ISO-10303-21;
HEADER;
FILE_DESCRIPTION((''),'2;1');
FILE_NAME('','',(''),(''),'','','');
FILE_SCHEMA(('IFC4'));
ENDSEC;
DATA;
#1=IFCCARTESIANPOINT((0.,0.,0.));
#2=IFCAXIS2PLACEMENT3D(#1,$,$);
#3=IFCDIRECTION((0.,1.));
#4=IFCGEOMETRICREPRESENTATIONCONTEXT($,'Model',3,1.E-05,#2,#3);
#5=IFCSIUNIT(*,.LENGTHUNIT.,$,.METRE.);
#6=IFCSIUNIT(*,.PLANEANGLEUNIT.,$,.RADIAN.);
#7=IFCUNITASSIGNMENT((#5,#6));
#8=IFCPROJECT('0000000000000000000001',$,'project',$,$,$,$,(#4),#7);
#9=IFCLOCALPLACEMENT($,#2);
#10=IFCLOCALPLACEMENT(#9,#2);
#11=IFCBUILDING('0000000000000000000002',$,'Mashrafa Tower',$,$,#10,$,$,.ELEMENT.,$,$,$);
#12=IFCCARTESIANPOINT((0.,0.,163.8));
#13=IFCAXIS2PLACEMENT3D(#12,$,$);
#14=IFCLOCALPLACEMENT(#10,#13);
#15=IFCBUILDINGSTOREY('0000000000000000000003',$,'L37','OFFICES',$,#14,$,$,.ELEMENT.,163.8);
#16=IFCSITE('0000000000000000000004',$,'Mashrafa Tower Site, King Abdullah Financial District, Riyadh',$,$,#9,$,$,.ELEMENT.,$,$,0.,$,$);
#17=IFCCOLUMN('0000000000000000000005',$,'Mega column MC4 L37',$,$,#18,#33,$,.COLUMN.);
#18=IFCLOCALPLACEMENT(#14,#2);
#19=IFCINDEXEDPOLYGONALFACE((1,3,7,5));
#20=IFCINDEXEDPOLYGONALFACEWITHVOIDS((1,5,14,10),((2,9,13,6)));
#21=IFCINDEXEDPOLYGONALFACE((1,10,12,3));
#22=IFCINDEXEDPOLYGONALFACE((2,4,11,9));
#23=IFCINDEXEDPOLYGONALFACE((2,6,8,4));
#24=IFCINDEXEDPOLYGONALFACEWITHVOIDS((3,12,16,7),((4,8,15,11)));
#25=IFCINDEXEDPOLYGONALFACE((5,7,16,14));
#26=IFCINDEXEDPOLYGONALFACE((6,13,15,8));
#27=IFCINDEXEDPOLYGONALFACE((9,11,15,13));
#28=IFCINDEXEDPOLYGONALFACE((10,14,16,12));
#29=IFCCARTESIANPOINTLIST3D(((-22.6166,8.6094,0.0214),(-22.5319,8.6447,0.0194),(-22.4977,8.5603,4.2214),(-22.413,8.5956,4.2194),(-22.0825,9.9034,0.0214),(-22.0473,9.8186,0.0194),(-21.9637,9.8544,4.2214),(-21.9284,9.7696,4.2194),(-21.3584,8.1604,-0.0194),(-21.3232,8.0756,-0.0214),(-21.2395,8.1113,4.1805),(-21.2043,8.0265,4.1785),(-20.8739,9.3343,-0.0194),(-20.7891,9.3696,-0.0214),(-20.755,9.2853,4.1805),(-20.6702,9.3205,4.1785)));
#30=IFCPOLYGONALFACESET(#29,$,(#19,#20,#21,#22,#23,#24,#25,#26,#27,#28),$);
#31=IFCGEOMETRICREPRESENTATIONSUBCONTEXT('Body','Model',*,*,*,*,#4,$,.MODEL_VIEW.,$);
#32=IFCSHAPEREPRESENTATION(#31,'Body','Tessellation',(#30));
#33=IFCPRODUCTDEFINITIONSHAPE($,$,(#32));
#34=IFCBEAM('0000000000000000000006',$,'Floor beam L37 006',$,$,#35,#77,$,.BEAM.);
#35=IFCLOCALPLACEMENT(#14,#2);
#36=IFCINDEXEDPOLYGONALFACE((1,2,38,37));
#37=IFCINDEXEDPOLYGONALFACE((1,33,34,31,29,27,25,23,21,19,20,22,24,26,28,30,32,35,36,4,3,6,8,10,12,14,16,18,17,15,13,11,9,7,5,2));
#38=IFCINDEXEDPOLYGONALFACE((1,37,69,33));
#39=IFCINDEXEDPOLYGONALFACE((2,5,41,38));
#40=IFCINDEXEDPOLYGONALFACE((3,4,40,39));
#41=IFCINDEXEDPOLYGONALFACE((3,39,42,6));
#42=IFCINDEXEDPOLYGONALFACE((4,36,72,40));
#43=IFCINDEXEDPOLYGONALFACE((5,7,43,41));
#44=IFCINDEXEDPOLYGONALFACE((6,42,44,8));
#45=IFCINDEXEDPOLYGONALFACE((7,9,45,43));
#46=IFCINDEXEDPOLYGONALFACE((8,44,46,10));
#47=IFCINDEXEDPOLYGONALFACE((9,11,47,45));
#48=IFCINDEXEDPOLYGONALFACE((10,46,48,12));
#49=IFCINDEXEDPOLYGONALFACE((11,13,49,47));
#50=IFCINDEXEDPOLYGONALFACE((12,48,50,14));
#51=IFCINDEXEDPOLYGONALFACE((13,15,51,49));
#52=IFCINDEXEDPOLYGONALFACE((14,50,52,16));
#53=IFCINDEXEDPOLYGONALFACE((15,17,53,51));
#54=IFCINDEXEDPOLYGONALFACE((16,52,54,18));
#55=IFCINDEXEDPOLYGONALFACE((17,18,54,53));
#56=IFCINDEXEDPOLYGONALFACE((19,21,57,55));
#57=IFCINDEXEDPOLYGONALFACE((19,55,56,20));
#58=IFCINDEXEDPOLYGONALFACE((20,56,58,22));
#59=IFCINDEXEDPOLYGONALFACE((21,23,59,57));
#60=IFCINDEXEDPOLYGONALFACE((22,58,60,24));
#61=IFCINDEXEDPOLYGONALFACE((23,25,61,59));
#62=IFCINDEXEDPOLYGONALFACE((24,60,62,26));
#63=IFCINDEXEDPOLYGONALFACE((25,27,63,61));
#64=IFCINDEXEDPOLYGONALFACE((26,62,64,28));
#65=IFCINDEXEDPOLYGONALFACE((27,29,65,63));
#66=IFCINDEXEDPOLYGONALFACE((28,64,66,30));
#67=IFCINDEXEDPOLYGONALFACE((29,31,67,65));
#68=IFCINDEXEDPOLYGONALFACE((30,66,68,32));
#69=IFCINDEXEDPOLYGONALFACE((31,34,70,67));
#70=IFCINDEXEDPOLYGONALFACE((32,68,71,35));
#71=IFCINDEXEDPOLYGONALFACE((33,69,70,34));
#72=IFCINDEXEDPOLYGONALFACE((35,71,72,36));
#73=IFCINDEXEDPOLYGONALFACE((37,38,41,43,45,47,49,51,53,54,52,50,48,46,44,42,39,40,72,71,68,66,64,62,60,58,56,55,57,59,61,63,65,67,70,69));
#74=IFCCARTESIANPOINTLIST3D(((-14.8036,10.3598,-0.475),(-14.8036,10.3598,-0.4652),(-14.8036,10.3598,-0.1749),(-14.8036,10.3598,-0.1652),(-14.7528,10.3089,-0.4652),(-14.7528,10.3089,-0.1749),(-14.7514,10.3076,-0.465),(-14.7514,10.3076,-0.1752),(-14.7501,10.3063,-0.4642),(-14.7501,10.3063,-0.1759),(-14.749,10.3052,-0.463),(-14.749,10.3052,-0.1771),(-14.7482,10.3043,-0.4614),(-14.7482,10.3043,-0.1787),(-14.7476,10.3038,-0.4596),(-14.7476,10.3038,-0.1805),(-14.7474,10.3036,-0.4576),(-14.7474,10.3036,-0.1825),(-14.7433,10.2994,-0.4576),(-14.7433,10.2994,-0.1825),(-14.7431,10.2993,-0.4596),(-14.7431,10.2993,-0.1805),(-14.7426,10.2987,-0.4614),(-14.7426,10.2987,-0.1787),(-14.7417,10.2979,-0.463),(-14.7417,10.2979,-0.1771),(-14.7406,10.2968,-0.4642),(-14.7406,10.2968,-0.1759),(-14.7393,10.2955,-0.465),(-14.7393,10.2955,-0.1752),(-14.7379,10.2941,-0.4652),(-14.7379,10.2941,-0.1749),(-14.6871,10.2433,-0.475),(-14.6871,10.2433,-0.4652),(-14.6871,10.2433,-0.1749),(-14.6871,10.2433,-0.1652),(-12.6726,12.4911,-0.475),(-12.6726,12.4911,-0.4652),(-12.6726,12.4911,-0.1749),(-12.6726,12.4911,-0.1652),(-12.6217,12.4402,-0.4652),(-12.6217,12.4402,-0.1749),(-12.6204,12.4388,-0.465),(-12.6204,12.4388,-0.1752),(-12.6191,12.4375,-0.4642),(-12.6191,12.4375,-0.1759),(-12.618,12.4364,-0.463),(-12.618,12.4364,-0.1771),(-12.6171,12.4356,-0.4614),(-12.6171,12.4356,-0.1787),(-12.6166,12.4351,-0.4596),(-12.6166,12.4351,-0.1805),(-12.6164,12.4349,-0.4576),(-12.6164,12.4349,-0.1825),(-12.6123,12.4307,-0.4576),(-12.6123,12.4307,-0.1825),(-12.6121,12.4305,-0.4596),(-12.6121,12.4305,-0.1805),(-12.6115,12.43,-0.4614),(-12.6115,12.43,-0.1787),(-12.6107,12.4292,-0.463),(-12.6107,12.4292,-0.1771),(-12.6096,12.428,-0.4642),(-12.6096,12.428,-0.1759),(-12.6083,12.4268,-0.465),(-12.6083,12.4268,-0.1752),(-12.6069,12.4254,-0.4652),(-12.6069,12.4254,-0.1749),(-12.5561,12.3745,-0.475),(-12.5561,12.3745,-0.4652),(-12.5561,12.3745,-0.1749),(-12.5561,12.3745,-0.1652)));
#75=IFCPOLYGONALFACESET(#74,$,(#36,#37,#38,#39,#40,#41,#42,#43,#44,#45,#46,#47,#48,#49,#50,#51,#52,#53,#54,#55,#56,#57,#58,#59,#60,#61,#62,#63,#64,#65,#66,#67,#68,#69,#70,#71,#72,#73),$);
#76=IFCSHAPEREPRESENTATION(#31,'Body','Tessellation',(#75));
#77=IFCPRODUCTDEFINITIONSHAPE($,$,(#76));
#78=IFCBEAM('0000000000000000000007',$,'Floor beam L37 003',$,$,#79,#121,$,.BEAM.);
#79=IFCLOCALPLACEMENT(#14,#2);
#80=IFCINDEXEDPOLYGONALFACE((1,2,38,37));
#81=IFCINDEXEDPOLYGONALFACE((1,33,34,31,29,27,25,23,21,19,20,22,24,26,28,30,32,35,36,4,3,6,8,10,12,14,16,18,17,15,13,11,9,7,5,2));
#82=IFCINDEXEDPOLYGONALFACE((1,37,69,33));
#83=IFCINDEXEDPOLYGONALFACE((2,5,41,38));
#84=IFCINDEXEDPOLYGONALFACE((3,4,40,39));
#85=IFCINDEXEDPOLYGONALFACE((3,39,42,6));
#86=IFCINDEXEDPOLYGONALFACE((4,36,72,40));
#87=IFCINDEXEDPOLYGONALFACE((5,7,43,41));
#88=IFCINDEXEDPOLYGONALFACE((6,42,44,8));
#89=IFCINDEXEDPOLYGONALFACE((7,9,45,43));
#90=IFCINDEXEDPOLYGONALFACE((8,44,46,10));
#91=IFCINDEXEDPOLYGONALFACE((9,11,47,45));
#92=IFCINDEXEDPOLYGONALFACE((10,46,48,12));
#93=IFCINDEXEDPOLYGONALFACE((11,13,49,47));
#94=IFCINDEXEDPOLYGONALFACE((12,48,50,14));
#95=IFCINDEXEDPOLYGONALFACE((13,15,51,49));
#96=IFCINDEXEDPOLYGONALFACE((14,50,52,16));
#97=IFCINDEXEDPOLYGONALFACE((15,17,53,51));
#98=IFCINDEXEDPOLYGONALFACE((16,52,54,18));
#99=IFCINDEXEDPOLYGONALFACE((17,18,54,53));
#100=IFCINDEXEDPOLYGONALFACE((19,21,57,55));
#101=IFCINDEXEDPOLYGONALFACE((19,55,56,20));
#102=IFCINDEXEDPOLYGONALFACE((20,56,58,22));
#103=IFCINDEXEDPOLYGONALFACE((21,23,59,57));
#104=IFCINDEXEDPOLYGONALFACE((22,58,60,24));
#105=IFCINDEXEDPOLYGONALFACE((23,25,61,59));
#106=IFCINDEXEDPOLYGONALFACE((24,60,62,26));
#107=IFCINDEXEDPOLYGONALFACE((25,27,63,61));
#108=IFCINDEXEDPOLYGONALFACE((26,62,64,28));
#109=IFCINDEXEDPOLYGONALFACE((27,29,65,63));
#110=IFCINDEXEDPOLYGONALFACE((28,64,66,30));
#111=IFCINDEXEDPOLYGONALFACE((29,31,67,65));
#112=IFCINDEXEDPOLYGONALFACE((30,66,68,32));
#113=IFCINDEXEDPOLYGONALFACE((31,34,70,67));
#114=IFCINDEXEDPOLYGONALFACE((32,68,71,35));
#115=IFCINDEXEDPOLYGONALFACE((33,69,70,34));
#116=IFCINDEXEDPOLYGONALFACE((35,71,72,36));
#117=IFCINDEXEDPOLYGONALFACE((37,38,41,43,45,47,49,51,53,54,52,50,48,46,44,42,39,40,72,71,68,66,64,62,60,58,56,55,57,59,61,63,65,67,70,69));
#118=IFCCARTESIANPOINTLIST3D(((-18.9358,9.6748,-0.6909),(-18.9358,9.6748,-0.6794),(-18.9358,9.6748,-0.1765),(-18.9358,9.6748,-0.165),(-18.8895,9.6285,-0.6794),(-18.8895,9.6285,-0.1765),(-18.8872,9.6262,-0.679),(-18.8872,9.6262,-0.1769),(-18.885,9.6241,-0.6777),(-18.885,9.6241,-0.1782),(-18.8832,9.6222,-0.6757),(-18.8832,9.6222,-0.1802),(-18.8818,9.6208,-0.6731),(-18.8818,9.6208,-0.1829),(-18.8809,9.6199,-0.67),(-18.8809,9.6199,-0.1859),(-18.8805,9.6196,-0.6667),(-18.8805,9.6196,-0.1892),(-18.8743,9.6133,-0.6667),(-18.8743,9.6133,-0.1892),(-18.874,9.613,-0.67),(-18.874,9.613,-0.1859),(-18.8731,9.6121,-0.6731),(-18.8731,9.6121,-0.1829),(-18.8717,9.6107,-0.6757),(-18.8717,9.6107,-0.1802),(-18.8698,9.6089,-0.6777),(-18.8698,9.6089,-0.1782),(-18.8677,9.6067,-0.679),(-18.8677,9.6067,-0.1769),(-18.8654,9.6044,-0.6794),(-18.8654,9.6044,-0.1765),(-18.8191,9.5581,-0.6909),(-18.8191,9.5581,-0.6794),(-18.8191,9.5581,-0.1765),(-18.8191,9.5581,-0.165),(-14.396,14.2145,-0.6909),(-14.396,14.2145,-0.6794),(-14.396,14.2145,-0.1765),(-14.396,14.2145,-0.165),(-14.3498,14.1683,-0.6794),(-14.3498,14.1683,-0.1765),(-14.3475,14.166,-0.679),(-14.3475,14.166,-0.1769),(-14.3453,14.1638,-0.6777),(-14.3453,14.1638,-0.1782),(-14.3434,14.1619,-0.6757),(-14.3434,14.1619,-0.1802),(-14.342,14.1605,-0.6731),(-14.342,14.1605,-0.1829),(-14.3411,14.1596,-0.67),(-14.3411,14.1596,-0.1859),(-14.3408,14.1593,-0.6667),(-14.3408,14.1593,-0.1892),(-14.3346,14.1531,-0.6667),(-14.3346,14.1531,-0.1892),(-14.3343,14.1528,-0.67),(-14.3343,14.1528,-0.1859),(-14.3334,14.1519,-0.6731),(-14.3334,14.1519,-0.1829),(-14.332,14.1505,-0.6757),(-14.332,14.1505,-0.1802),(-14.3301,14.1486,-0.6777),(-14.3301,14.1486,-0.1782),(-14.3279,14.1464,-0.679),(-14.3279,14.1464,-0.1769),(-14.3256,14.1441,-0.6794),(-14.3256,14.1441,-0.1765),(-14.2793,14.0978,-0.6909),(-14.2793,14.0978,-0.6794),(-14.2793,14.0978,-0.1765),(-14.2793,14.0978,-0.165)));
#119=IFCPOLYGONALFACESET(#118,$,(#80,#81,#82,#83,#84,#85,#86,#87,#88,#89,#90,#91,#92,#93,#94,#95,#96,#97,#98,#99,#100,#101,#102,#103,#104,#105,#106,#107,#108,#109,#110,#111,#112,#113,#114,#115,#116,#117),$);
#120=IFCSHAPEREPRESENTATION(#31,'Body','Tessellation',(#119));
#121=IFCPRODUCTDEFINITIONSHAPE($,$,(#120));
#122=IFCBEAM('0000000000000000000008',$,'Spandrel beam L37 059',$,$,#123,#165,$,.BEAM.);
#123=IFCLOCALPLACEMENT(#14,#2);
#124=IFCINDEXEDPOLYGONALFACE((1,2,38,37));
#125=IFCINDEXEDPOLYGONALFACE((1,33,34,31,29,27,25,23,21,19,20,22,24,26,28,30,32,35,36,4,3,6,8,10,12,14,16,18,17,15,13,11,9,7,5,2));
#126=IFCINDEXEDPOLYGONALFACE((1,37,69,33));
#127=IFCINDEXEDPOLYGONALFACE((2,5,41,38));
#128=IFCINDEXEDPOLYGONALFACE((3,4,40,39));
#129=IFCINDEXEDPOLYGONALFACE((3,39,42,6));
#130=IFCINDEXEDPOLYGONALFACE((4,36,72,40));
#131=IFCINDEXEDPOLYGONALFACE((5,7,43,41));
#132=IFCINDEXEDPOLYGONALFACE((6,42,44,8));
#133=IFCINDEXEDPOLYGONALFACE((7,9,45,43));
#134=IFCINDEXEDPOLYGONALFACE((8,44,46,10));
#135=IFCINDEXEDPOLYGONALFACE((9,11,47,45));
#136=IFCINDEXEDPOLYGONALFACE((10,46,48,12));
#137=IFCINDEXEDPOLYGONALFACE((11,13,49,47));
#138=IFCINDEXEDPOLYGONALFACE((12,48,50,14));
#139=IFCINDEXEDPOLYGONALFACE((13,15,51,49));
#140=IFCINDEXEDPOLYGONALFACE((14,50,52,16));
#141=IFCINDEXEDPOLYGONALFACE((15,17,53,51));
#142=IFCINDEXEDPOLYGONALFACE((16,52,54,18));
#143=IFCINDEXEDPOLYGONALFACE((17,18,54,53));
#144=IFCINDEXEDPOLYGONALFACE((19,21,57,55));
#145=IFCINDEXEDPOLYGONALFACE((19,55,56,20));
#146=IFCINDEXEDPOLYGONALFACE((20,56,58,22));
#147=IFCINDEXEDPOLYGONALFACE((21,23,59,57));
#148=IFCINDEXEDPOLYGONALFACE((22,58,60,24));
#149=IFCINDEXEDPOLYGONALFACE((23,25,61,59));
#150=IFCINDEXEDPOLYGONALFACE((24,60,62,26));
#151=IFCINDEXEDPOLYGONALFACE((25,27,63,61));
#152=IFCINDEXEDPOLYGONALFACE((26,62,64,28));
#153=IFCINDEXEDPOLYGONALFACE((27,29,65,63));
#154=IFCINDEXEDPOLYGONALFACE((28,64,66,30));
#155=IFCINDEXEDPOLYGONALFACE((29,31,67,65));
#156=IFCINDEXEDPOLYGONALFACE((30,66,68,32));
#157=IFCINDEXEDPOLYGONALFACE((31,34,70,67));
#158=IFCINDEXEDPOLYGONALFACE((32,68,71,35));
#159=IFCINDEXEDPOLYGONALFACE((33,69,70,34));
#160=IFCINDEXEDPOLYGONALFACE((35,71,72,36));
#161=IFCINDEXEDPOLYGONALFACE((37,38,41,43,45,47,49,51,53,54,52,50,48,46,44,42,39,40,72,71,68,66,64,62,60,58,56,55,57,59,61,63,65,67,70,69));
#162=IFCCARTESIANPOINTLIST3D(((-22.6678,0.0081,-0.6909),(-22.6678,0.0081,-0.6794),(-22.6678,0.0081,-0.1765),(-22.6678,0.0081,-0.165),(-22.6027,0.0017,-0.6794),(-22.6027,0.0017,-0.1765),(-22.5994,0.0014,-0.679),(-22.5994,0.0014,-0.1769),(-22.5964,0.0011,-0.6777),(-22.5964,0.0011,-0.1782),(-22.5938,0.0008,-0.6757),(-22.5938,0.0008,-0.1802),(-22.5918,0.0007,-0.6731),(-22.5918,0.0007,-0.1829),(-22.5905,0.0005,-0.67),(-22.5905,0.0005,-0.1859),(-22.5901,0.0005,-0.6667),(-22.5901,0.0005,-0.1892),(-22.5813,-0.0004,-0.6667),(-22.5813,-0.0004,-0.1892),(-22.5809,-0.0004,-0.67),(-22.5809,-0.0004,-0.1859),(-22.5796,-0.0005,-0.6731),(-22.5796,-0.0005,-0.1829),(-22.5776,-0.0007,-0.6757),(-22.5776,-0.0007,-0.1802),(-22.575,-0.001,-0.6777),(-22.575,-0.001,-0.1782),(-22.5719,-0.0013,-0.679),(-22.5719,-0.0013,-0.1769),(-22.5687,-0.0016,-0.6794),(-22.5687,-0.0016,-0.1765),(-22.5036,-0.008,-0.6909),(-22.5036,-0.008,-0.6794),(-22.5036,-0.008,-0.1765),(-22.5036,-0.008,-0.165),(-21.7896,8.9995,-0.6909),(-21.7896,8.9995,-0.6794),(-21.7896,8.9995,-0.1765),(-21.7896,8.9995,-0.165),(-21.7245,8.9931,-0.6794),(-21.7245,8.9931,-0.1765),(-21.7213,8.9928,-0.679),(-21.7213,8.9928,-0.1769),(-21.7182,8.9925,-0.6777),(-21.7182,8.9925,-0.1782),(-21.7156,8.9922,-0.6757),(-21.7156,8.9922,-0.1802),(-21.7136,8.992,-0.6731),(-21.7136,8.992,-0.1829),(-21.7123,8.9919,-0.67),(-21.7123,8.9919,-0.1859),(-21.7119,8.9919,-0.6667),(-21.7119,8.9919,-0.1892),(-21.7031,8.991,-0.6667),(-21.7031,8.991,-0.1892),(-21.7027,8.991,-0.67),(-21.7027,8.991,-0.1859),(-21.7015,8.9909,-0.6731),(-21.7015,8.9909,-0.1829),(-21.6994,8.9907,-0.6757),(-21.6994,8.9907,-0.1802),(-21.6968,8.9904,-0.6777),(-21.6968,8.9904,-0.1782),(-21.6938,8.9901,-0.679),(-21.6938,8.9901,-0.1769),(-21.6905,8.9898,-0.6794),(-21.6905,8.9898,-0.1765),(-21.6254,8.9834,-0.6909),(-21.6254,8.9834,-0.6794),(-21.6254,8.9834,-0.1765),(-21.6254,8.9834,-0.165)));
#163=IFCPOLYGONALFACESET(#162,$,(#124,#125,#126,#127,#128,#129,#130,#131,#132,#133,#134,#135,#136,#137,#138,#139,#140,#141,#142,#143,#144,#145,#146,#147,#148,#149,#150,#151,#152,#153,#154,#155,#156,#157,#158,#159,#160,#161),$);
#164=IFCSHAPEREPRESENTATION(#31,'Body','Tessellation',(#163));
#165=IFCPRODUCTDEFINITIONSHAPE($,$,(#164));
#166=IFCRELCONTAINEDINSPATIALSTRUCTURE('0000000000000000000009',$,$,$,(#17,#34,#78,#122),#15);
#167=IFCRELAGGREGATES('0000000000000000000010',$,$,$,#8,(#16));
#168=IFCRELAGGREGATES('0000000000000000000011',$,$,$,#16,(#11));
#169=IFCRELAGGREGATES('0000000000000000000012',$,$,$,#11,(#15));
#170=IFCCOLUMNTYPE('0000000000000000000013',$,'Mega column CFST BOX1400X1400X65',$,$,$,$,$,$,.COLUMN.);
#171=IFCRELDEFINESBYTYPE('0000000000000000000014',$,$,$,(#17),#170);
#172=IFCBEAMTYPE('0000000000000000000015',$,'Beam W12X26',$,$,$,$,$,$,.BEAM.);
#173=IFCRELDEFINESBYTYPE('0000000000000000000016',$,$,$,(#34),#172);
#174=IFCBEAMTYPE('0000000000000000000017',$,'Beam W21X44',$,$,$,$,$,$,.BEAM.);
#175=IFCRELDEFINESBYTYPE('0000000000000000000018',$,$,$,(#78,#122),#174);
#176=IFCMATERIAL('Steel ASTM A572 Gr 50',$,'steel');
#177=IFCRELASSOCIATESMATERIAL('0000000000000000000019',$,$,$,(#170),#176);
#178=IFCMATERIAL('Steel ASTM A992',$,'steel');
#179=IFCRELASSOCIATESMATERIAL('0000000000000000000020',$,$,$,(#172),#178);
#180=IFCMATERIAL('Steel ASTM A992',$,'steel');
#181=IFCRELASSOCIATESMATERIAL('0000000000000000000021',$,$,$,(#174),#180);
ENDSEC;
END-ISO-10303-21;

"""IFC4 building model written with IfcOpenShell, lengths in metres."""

from ifc_helpers import new_model, si_unit, direction, frame, origin, origin_2d, place, context, subcontext, project, spatial, hollow_rectangle, i_section, extrude, material, material_profile, profile_set, type_object, element, save


model = new_model("IFC4")

# Units and contexts
model_context = context("Model", 3, precision=1e-05, world=origin(), true_north=direction((0.0, 1.0)))
body_context = subcontext(model_context, "Body", "Model", "MODEL_VIEW")
ifc_project = project(units=[si_unit("LENGTHUNIT", "METRE"), si_unit("PLANEANGLEUNIT", "RADIAN")], contexts=[model_context])

# Site, building, storey
site_placement = place(None, origin())
site = spatial("IfcSite", under=ifc_project, at=site_placement, Name="Mashrafa Tower Site, King Abdullah Financial District, Riyadh", CompositionType="ELEMENT", RefElevation=0.0)
building_placement = place(site_placement, origin())
building = spatial("IfcBuilding", under=site, at=building_placement, Name="Mashrafa Tower", CompositionType="ELEMENT")
storey_placement = place(building_placement, frame((0.0, 0.0, 163.8)))
storey = spatial("IfcBuildingStorey", under=building, at=storey_placement, Name="L37", Description="OFFICES", CompositionType="ELEMENT", Elevation=163.8)

# Column
ifc_material_1 = material(Name="Steel ASTM A572 Gr 50", Category="steel")
ifc_material_profile_1 = material_profile(ifc_material_1, hollow_rectangle(XDim=1.3999, YDim=1.3999, WallThickness=0.0649, at=origin_2d()), Name="BOX1400X1400X65")
ifc_profile_set_1 = profile_set([ifc_material_profile_1], Name="Steel ASTM A572 Gr 50")
column_type = type_object("IfcColumnType", Name="Mega column CFST BOX1400X1400X65", PredefinedType="COLUMN", material=ifc_profile_set_1)
column_placement = place(storey_placement, frame((-21.7029, 8.9895, 0.0), z_axis=(0.028296, -0.011679, 0.999531), x_axis=(0.381513, 0.924363, 0.0)))
element("IfcColumn", 1, at=column_placement, inside=storey, type_object=column_type, Name="Mega column MC4 L37", PredefinedType="COLUMN", context=body_context, shape_type="SweptSolid", body=[
    extrude(hollow_rectangle(XDim=1.3999, YDim=1.3999, WallThickness=0.0649, at=origin_2d()), origin(), (0.0, 0.0, 1.0), 4.2019),
])

# Beams
ifc_material_2 = material(Name="Steel ASTM A992", Category="steel")
ifc_material_profile_2 = material_profile(ifc_material_2, i_section(OverallWidth=0.1648, OverallDepth=0.3098, WebThickness=0.0059, FlangeThickness=0.0098, FilletRadius=0.0076, at=origin_2d()), Name="W12X26")
ifc_profile_set_2 = profile_set([ifc_material_profile_2], Name="Steel ASTM A992")
beam_type_1 = type_object("IfcBeamType", Name="Beam W12X26", PredefinedType="BEAM", material=ifc_profile_set_2)
beam_1_placement = place(storey_placement, frame((-14.7454, 10.3015, -0.3201), z_axis=(0.707066, 0.707147, 0.0), x_axis=(-0.707147, 0.707066, 0.0)))
element("IfcBeam", 2, at=beam_1_placement, inside=storey, type_object=beam_type_1, Name="Floor beam L37 006", PredefinedType="BEAM", context=body_context, shape_type="SweptSolid", body=[
    extrude(i_section(OverallWidth=0.1648, OverallDepth=0.3098, WebThickness=0.0059, FlangeThickness=0.0098, FilletRadius=0.0076, at=origin_2d()), origin(), (0.0, 0.0, 1.0), 3.0139),
])
ifc_material_3 = material(Name="Steel ASTM A992", Category="steel")
ifc_material_profile_3 = material_profile(ifc_material_3, i_section(OverallWidth=0.165, OverallDepth=0.5259, WebThickness=0.0088, FlangeThickness=0.0115, FilletRadius=0.0127, at=origin_2d()), Name="W21X44")
ifc_profile_set_3 = profile_set([ifc_material_profile_3], Name="Steel ASTM A992")
beam_type_2 = type_object("IfcBeamType", Name="Beam W21X44", PredefinedType="BEAM", material=ifc_profile_set_3)
beam_2_placement = place(storey_placement, frame((-18.8774, 9.6165, -0.428), z_axis=(0.707107, 0.707107, 0.0), x_axis=(-0.707107, 0.707107, 0.0)))
element("IfcBeam", 3, at=beam_2_placement, inside=storey, type_object=beam_type_2, Name="Floor beam L37 003", PredefinedType="BEAM", context=body_context, shape_type="SweptSolid", body=[
    extrude(i_section(OverallWidth=0.165, OverallDepth=0.5259, WebThickness=0.0088, FlangeThickness=0.0115, FilletRadius=0.0127, at=origin_2d()), origin(), (0.0, 0.0, 1.0), 6.4202),
])
beam_3_placement = place(storey_placement, frame((-21.7075, 8.9915, -0.428), z_axis=(-0.097205, -0.995264, 0.0), x_axis=(0.995264, -0.097205, 0.0)))
element("IfcBeam", 4, at=beam_3_placement, inside=storey, type_object=beam_type_2, Name="Spandrel beam L37 059", PredefinedType="BEAM", context=body_context, shape_type="SweptSolid", body=[
    extrude(i_section(OverallWidth=0.165, OverallDepth=0.5259, WebThickness=0.0088, FlangeThickness=0.0115, FilletRadius=0.0127, at=origin_2d()), origin(), (0.0, 0.0, 1.0), 9.0342),
])

save(model, "model.ifc")
